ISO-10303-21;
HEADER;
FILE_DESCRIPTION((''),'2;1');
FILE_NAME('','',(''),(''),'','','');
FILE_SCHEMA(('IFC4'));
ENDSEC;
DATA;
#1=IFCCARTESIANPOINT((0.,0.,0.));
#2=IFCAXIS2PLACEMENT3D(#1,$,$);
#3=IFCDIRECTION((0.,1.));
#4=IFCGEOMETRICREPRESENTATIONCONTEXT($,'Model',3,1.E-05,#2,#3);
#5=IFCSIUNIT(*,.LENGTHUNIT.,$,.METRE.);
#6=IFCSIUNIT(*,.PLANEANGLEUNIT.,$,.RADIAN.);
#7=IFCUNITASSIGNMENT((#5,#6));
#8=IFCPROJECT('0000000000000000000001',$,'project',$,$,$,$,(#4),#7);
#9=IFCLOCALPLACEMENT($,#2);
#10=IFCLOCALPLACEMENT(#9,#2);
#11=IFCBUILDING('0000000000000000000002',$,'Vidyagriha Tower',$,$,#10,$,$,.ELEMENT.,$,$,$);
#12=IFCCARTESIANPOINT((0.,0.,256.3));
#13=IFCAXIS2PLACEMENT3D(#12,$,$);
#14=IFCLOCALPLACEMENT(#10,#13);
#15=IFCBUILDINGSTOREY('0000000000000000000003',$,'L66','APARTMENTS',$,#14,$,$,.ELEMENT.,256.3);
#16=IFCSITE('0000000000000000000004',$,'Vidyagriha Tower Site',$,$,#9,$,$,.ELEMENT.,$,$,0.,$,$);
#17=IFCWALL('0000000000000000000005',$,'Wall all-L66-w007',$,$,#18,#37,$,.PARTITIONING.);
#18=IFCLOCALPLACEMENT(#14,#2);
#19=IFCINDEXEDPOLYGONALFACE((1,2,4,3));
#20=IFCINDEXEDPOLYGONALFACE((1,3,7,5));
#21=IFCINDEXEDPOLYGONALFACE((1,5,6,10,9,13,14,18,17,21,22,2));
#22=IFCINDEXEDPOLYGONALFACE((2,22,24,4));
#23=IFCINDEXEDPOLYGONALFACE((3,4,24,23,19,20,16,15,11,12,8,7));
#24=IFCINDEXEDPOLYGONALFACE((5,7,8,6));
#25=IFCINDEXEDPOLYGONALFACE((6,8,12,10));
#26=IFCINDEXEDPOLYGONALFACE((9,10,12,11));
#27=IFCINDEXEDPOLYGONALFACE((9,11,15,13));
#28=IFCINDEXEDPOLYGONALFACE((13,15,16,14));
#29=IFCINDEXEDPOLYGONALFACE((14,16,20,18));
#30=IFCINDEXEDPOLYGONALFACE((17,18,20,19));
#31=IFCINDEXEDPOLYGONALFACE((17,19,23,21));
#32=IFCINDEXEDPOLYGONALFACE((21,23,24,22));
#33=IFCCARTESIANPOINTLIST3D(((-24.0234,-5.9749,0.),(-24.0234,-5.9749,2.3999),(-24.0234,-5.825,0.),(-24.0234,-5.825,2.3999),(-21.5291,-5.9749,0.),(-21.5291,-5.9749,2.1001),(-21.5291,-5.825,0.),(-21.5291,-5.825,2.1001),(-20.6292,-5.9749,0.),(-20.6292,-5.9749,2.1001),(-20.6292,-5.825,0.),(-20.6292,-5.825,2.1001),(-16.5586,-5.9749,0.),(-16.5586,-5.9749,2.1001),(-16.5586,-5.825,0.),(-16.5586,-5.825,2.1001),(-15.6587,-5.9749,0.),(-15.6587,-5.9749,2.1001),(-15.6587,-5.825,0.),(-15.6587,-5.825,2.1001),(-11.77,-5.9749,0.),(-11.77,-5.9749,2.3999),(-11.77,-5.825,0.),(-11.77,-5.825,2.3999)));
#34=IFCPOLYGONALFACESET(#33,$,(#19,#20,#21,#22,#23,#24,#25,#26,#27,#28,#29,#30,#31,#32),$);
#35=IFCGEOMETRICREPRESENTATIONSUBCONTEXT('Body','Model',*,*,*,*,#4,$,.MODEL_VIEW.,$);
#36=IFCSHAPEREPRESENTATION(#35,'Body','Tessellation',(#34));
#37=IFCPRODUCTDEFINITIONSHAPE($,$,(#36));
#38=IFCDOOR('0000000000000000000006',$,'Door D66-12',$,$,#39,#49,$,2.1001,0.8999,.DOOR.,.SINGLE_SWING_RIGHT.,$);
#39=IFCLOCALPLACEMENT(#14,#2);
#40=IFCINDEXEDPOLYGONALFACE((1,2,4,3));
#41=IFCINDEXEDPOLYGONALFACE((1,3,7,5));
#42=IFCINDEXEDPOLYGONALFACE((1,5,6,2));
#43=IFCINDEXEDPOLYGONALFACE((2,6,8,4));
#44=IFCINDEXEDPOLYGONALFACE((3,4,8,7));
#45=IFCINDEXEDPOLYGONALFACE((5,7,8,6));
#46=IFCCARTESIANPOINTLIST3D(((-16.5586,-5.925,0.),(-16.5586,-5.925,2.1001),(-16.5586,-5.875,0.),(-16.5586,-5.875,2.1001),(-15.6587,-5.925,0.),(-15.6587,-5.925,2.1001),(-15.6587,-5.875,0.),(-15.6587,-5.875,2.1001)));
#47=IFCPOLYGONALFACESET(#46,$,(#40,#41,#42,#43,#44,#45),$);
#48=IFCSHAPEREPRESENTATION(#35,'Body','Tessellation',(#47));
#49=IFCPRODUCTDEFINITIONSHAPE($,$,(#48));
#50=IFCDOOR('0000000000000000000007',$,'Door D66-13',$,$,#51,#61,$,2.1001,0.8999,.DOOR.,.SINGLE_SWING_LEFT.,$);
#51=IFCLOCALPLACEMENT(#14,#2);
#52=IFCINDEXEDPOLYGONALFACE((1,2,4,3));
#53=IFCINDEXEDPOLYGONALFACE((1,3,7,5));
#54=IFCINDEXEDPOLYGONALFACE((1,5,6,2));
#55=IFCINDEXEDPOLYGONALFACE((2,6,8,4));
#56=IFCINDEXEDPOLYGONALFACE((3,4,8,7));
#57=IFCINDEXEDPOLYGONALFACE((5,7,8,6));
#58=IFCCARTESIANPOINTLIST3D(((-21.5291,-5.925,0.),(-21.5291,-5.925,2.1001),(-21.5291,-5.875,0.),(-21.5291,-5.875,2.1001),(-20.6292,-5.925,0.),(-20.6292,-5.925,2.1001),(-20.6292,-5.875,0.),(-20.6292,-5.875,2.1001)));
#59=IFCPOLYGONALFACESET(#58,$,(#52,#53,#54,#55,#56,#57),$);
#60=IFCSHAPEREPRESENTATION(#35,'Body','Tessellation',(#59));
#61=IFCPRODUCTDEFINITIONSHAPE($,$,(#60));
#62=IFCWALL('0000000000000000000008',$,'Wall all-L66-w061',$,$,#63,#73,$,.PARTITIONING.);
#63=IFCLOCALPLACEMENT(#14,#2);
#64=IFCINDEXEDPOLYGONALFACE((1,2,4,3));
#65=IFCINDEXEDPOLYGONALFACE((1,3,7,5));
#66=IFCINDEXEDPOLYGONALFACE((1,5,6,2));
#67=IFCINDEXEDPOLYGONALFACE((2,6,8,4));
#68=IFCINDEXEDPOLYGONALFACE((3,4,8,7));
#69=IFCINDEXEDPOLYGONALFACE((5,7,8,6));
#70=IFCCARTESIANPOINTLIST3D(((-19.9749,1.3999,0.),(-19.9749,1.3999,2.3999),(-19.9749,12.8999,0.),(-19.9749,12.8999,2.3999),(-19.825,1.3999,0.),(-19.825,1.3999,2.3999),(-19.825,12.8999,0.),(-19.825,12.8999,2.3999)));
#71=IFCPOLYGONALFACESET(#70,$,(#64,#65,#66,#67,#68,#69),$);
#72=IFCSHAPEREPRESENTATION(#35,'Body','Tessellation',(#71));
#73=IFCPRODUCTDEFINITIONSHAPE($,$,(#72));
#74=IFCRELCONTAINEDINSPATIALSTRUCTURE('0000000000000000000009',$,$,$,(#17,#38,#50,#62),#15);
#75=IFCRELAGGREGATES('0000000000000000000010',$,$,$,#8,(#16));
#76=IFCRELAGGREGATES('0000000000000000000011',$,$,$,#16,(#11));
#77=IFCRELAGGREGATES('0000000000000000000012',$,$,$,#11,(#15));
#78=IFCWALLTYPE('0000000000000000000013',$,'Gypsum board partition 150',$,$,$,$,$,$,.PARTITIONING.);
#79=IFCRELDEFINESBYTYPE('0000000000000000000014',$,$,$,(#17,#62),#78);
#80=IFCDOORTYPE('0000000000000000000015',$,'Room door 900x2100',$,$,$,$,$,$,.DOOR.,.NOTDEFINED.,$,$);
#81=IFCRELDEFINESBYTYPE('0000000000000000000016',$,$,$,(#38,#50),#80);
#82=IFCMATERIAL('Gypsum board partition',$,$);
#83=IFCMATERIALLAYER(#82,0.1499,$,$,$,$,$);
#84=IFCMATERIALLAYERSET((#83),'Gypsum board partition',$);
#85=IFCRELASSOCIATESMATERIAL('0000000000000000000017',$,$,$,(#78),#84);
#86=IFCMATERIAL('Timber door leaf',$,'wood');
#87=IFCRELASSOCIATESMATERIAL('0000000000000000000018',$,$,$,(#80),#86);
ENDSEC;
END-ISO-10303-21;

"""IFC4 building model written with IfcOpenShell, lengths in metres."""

from ifc_helpers import new_model, si_unit, direction, frame, frame_2d, origin, place, context, subcontext, project, spatial, rectangle, extrude, material, layer, layer_set, type_object, element, fill, save


model = new_model("IFC4")

# Units and contexts
model_context = context("Model", 3, precision=1e-05, world=origin(), true_north=direction((0.0, 1.0)))
body_context = subcontext(model_context, "Body", "Model", "MODEL_VIEW")
ifc_project = project(units=[si_unit("LENGTHUNIT", "METRE"), si_unit("PLANEANGLEUNIT", "RADIAN")], contexts=[model_context])

# Site, building, storey
site_placement = place(None, origin())
site = spatial("IfcSite", under=ifc_project, at=site_placement, Name="Vidyagriha Tower Site", CompositionType="ELEMENT", RefElevation=0.0)
building_placement = place(site_placement, origin())
building = spatial("IfcBuilding", under=site, at=building_placement, Name="Vidyagriha Tower", CompositionType="ELEMENT")
storey_placement = place(building_placement, frame((0.0, 0.0, 256.3)))
storey = spatial("IfcBuildingStorey", under=building, at=storey_placement, Name="L66", Description="APARTMENTS", CompositionType="ELEMENT", Elevation=256.3)

# Shared definitions
ifc_material_1 = material(Name="Gypsum board partition")
ifc_layer_1 = layer(ifc_material_1, 0.1499)
ifc_layer_set_1 = layer_set([ifc_layer_1], Name="Gypsum board partition")
wall_type_1 = type_object("IfcWallType", Name="Gypsum board partition 150", PredefinedType="PARTITIONING", material=ifc_layer_set_1)

# Wall, openings, doors
wall_1_placement = place(storey_placement, frame((-24.0234, -5.8999, 0.0)))
wall_1 = element("IfcWall", 1, at=wall_1_placement, inside=storey, type_object=wall_type_1, Name="Wall all-L66-w007", PredefinedType="PARTITIONING", context=body_context, shape_type="SweptSolid", body=[
    extrude(rectangle(XDim=12.2534, YDim=0.1499, at=frame_2d((6.1267, 0.0))), origin(), (0.0, 0.0, 1.0), 2.3999),
])
opening_1_placement = place(wall_1_placement, frame((7.4648, 0.0, 0.0)))
opening_1 = element("IfcOpeningElement", 2, at=opening_1_placement, cuts=wall_1, PredefinedType="OPENING", context=body_context, shape_type="SweptSolid", body=[
    extrude(rectangle(XDim=0.8999, YDim=2.1001, at=frame_2d((0.45, 1.05))), frame((0.0, 0.085, 0.0), z_axis=(0.0, -1.0, 0.0), x_axis=(1.0, 0.0, 0.0)), (0.0, 0.0, 1.0), 0.1699),
])
opening_2_placement = place(wall_1_placement, frame((2.4944, 0.0, 0.0)))
opening_2 = element("IfcOpeningElement", 3, at=opening_2_placement, cuts=wall_1, PredefinedType="OPENING", context=body_context, shape_type="SweptSolid", body=[
    extrude(rectangle(XDim=0.8999, YDim=2.1001, at=frame_2d((0.45, 1.05))), frame((0.0, 0.085, 0.0), z_axis=(0.0, -1.0, 0.0), x_axis=(1.0, 0.0, 0.0)), (0.0, 0.0, 1.0), 0.1699),
])
ifc_material_2 = material(Name="Timber door leaf", Category="wood")
door_type_1 = type_object("IfcDoorType", Name="Room door 900x2100", OperationType="NOTDEFINED", PredefinedType="DOOR", material=ifc_material_2)
door_1_placement = place(opening_1_placement, origin())
door_1 = element("IfcDoor", 4, at=door_1_placement, inside=storey, type_object=door_type_1, Name="Door D66-12", OperationType="SINGLE_SWING_RIGHT", OverallHeight=2.1001, OverallWidth=0.8999, PredefinedType="DOOR", context=body_context, shape_type="SweptSolid", body=[
    extrude(rectangle(XDim=0.8999, YDim=2.1001, at=frame_2d((0.45, 1.05))), frame((0.0, 0.0249, 0.0), z_axis=(0.0, -1.0, 0.0), x_axis=(1.0, 0.0, 0.0)), (0.0, 0.0, 1.0), 0.05),
])
fill(opening_1, door_1)
door_2_placement = place(opening_2_placement, origin())
door_2 = element("IfcDoor", 5, at=door_2_placement, inside=storey, type_object=door_type_1, Name="Door D66-13", OperationType="SINGLE_SWING_LEFT", OverallHeight=2.1001, OverallWidth=0.8999, PredefinedType="DOOR", context=body_context, shape_type="SweptSolid", body=[
    extrude(rectangle(XDim=0.8999, YDim=2.1001, at=frame_2d((0.45, 1.05))), frame((0.0, 0.0249, 0.0), z_axis=(0.0, -1.0, 0.0), x_axis=(1.0, 0.0, 0.0)), (0.0, 0.0, 1.0), 0.05),
])
fill(opening_2, door_2)

# Wall
wall_2_placement = place(storey_placement, frame((-19.8999, 1.3999, 0.0), z_axis=(0.0, 0.0, 1.0), x_axis=(0.0, 1.0, 0.0)))
element("IfcWall", 6, at=wall_2_placement, inside=storey, type_object=wall_type_1, Name="Wall all-L66-w061", PredefinedType="PARTITIONING", context=body_context, shape_type="SweptSolid", body=[
    extrude(rectangle(XDim=11.5, YDim=0.1499, at=frame_2d((5.75, 0.0))), origin(), (0.0, 0.0, 1.0), 2.3999),
])

save(model, "model.ifc")
